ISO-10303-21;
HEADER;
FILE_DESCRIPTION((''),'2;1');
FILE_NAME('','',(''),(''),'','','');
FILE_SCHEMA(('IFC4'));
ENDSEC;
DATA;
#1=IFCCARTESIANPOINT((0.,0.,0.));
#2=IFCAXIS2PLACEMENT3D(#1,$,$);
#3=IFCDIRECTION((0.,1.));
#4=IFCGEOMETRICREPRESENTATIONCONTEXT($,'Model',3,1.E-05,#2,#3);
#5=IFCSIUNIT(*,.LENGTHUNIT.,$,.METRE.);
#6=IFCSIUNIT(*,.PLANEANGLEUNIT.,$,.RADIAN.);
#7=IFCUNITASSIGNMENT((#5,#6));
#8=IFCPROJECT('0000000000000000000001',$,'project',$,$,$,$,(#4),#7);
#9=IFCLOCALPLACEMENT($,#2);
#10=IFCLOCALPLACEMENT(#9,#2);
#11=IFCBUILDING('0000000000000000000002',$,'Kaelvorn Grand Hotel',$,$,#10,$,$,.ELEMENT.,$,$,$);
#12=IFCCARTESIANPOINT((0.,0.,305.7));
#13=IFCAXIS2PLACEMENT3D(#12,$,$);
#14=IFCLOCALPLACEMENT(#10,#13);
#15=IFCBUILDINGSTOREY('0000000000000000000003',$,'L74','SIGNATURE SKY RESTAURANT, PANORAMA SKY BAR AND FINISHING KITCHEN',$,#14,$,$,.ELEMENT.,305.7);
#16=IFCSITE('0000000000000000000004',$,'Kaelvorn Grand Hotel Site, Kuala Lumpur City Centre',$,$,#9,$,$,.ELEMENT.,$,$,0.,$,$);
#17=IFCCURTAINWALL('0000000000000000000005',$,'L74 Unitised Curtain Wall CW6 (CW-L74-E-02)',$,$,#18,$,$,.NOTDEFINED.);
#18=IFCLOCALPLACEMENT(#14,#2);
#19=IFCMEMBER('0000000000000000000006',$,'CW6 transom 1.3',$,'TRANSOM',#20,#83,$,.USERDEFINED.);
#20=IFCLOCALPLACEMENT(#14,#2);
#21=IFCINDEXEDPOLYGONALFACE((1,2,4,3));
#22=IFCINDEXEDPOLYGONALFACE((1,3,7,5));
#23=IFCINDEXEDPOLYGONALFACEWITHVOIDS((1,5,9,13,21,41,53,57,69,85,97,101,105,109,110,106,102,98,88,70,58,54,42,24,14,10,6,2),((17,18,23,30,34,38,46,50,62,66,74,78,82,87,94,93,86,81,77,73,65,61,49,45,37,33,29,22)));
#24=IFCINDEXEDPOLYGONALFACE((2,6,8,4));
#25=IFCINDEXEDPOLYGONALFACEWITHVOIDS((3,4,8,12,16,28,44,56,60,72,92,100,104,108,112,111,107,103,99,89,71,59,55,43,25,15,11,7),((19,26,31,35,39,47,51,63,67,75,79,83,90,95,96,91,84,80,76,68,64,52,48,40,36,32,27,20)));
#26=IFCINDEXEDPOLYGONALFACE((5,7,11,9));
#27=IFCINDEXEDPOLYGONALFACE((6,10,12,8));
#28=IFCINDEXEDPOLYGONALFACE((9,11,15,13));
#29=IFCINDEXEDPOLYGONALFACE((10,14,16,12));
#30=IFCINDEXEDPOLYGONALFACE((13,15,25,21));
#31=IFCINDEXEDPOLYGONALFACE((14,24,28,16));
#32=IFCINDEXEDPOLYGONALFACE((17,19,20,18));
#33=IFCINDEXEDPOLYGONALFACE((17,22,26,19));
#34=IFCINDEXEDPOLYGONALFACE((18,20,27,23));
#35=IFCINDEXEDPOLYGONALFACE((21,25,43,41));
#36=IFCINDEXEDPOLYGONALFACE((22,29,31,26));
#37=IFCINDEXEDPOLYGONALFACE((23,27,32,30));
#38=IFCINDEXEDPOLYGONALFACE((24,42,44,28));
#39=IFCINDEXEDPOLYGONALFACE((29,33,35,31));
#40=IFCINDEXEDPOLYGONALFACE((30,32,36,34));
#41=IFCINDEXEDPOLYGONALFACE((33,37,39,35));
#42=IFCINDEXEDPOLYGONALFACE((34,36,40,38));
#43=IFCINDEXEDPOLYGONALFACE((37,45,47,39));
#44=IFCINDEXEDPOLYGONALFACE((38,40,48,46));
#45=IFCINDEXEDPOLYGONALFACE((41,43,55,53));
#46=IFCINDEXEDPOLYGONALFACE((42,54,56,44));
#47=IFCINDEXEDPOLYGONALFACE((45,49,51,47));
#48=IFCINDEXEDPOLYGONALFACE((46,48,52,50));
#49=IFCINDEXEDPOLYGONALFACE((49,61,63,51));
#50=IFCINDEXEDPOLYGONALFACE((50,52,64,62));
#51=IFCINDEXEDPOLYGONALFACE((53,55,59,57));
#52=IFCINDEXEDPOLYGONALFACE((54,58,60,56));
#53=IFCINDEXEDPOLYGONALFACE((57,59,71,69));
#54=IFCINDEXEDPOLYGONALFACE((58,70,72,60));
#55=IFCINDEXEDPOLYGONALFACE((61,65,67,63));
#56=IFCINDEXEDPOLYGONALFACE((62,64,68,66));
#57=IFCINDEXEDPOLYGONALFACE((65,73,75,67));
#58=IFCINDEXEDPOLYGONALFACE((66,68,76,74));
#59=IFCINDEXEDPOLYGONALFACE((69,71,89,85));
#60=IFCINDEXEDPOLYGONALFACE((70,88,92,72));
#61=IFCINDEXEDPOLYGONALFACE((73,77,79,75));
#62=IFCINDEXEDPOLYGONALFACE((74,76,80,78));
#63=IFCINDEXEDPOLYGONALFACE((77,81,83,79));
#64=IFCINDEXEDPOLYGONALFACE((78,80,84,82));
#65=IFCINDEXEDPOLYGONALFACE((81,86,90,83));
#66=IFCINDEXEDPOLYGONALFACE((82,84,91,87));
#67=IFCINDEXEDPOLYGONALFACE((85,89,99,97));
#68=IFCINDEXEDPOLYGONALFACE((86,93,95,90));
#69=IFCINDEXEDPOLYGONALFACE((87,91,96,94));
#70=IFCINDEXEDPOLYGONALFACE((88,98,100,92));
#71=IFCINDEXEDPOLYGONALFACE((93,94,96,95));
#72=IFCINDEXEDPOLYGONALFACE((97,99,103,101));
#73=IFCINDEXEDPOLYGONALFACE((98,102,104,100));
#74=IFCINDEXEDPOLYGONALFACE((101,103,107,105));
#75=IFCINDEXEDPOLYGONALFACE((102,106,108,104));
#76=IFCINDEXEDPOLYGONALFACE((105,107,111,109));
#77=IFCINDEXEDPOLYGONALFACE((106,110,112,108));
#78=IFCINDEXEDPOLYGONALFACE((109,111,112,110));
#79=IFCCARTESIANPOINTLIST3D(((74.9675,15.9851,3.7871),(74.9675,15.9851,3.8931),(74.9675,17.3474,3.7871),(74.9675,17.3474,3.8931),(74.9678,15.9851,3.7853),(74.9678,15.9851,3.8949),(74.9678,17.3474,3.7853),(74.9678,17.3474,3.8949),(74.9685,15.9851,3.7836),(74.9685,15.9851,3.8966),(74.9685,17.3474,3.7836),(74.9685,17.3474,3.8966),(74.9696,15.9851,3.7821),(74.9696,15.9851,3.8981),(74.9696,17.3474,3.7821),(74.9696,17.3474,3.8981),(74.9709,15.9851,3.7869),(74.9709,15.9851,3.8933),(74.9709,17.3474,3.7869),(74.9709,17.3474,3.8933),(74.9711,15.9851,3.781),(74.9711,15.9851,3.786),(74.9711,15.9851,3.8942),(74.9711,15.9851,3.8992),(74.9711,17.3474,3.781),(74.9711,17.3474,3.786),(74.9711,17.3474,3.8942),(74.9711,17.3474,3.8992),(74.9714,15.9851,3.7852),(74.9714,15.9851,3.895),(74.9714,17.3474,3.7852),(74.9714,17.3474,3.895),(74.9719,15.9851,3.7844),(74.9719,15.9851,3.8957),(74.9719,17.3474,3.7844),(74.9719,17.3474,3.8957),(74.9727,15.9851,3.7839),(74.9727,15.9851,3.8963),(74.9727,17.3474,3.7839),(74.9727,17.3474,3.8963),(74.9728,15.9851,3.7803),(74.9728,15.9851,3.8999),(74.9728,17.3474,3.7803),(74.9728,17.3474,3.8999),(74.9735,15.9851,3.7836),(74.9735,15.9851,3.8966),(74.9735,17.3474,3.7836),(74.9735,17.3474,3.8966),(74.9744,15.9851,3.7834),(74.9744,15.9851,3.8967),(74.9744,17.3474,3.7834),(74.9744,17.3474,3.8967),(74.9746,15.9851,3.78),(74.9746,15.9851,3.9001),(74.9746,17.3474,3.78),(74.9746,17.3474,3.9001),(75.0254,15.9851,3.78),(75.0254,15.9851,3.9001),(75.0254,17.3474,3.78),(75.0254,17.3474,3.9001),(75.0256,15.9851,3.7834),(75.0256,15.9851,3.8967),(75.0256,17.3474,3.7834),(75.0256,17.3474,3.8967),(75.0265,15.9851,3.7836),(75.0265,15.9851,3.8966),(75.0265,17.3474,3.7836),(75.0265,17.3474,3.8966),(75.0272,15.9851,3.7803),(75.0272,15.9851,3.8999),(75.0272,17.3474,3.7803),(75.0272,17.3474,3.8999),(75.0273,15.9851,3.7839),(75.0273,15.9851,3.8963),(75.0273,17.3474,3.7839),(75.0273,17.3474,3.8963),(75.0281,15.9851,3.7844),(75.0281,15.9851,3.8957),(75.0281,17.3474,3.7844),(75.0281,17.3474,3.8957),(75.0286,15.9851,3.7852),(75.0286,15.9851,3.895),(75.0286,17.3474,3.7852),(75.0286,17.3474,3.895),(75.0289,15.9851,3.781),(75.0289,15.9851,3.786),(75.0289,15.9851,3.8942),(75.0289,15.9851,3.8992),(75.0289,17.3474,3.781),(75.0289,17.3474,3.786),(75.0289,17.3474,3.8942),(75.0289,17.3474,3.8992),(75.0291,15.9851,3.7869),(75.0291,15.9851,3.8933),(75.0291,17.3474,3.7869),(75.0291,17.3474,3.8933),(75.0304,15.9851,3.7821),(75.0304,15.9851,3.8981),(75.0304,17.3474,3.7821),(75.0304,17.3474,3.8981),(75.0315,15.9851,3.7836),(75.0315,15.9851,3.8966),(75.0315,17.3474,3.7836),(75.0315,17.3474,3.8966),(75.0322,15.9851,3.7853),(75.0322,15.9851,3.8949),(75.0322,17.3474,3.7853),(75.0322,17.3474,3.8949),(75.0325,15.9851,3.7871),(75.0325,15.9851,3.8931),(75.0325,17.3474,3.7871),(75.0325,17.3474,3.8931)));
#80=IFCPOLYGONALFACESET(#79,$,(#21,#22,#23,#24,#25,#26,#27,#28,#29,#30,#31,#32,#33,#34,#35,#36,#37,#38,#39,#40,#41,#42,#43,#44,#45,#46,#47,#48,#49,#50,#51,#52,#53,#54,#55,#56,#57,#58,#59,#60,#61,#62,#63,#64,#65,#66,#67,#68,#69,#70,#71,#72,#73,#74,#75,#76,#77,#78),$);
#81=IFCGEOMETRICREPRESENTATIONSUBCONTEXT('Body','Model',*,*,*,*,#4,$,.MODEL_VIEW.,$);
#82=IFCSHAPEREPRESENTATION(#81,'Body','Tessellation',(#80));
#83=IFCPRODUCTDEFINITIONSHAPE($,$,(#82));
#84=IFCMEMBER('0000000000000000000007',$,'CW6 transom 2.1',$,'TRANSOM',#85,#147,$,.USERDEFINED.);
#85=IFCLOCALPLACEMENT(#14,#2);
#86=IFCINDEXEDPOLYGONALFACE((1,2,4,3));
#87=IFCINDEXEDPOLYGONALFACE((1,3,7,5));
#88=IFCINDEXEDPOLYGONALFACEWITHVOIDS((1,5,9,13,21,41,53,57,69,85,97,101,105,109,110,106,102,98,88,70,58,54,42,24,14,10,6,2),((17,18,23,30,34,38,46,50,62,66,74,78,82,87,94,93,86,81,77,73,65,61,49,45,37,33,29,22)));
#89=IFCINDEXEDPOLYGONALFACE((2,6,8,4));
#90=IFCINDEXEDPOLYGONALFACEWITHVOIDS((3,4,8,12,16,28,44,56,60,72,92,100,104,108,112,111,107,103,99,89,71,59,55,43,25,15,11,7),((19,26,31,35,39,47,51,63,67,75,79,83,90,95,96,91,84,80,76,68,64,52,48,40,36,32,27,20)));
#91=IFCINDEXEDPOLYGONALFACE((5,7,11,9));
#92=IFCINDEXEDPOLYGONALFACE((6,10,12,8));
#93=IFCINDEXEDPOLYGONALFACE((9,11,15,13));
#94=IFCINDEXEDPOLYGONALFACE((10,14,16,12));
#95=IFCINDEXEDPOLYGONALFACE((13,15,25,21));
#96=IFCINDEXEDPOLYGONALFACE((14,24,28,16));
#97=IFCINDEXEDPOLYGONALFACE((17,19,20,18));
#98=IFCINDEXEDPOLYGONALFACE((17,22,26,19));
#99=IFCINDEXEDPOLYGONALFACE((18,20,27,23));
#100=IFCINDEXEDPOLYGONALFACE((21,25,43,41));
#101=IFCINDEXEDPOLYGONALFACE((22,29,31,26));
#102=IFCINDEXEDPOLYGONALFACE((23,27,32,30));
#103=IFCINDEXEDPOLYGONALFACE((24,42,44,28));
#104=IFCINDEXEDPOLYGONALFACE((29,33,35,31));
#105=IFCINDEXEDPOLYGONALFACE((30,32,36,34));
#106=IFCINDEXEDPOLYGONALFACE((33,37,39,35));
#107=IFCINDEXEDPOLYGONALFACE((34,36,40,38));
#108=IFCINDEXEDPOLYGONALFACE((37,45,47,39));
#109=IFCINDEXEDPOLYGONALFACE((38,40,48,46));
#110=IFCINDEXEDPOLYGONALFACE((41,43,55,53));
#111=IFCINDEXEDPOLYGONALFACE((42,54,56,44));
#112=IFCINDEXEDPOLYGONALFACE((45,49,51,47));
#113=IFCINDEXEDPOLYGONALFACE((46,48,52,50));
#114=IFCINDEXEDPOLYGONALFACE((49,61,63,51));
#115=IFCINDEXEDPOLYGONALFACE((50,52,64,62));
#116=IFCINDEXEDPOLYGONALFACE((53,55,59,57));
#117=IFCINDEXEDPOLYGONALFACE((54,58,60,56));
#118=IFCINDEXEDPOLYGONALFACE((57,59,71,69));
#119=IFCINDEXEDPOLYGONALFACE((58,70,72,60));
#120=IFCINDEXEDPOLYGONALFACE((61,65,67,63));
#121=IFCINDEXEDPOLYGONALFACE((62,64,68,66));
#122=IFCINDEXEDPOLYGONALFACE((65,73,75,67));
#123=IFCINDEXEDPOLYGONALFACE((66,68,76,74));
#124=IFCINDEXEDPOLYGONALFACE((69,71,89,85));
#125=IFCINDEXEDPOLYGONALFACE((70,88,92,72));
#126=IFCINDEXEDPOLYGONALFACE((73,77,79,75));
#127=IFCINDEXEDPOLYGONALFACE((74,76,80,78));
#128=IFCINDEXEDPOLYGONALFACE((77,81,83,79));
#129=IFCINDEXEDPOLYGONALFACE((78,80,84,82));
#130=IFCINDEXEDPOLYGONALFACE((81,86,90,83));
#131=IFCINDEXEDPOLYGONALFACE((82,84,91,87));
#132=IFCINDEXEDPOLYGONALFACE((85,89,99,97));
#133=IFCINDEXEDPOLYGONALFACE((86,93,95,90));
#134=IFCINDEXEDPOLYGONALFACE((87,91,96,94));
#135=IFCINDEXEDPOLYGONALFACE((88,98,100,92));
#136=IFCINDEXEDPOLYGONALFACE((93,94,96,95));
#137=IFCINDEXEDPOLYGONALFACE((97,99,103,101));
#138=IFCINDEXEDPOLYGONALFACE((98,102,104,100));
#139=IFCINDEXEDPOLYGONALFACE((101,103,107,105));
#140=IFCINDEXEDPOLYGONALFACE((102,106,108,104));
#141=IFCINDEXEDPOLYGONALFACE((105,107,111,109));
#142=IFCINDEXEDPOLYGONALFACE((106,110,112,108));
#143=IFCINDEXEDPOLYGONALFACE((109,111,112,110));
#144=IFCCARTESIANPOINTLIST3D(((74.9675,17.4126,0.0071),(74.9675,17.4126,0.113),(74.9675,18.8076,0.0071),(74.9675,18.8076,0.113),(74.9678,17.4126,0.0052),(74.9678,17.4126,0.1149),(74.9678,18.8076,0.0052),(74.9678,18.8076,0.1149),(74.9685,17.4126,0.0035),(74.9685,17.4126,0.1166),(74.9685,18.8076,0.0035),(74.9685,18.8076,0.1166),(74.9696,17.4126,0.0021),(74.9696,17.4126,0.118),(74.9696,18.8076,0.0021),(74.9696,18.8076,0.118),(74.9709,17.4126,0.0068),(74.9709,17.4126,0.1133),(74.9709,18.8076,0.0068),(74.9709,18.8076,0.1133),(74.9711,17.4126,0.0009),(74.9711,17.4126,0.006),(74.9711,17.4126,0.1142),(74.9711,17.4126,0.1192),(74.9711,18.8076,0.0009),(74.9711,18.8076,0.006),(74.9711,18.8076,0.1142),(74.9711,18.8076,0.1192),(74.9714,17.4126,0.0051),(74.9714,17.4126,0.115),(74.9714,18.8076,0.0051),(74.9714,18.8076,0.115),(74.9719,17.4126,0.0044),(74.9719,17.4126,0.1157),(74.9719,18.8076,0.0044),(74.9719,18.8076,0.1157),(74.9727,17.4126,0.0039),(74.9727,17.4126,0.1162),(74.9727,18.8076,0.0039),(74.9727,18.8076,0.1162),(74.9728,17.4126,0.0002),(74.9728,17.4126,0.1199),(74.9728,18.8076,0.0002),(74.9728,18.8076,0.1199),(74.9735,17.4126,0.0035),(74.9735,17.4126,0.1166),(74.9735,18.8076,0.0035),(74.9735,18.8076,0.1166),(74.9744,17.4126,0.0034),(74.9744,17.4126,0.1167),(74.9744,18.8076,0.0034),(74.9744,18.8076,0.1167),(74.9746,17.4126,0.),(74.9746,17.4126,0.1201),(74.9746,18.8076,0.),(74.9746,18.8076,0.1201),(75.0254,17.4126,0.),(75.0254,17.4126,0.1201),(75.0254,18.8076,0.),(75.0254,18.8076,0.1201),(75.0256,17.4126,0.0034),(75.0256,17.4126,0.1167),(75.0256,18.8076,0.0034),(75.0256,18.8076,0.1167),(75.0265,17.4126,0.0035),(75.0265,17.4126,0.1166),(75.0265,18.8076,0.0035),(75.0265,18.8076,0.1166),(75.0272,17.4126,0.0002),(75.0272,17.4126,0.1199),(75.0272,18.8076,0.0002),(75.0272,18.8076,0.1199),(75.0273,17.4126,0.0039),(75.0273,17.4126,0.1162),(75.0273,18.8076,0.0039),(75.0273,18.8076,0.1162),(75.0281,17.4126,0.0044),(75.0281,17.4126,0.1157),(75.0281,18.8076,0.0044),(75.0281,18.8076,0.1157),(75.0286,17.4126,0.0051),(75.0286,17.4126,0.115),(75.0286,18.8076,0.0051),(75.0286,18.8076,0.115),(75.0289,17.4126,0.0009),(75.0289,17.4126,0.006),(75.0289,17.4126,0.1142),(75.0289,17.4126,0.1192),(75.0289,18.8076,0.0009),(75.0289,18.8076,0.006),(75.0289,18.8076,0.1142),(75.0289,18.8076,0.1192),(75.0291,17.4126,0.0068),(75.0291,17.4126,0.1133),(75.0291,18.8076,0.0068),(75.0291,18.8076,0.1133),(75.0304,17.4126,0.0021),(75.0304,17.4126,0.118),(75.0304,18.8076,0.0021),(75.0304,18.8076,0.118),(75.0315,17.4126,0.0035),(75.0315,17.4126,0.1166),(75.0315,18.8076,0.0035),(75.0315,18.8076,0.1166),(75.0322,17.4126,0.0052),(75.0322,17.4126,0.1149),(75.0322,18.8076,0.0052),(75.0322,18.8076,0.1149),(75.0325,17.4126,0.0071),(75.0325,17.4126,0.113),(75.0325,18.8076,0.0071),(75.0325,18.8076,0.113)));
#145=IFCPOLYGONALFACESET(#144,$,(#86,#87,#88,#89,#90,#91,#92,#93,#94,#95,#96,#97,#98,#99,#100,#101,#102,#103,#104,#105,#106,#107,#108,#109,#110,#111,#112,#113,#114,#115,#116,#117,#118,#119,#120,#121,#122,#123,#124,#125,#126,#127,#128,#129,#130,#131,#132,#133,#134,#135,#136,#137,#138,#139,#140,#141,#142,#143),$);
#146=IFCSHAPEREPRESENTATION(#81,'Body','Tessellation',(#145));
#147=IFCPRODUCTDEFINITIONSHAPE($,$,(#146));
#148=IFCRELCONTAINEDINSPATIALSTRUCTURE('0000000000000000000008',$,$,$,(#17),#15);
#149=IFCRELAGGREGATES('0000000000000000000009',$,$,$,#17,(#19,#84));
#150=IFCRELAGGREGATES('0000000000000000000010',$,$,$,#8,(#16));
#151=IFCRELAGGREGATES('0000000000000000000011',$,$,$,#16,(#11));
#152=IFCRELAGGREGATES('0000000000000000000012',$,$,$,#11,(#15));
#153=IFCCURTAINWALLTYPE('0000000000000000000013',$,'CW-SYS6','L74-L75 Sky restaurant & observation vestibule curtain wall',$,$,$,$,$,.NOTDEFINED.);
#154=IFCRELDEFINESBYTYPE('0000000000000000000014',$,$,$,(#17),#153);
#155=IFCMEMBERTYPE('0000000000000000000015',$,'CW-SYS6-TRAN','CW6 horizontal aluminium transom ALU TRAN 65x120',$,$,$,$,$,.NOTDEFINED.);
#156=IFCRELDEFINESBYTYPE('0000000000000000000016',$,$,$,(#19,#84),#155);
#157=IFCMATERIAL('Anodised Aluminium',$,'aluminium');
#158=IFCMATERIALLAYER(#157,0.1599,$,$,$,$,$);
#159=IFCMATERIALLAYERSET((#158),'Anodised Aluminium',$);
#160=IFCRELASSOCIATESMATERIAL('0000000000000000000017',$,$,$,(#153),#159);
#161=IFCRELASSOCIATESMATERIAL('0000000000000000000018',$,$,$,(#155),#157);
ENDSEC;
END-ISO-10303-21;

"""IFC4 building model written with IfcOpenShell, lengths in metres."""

from ifc_helpers import new_model, si_unit, direction, frame, origin, origin_2d, place, context, subcontext, project, spatial, hollow_rectangle, extrude, material, layer, layer_set, material_profile, profile_set, type_object, element, aggregate, save


model = new_model("IFC4")

# Units and contexts
model_context = context("Model", 3, precision=1e-05, world=origin(), true_north=direction((0.0, 1.0)))
body_context = subcontext(model_context, "Body", "Model", "MODEL_VIEW")
ifc_project = project(units=[si_unit("LENGTHUNIT", "METRE"), si_unit("PLANEANGLEUNIT", "RADIAN")], contexts=[model_context])

# Site, building, storey
site_placement = place(None, origin())
site = spatial("IfcSite", under=ifc_project, at=site_placement, Name="Kaelvorn Grand Hotel Site, Kuala Lumpur City Centre", CompositionType="ELEMENT", RefElevation=0.0)
building_placement = place(site_placement, origin())
building = spatial("IfcBuilding", under=site, at=building_placement, Name="Kaelvorn Grand Hotel", CompositionType="ELEMENT")
storey_placement = place(building_placement, frame((0.0, 0.0, 305.7)))
storey = spatial("IfcBuildingStorey", under=building, at=storey_placement, Name="L74", Description="SIGNATURE SKY RESTAURANT, PANORAMA SKY BAR AND FINISHING KITCHEN", CompositionType="ELEMENT", Elevation=305.7)

# Curtain wall, members
ifc_material_1 = material(Name="Anodised Aluminium", Category="aluminium")
ifc_layer_1 = layer(ifc_material_1, 0.1599)
ifc_layer_set_1 = layer_set([ifc_layer_1], Name="Anodised Aluminium")
curtain_wall_type = type_object("IfcCurtainWallType", Name="CW-SYS6", Description="L74-L75 Sky restaurant & observation vestibule curtain wall", PredefinedType="NOTDEFINED", material=ifc_layer_set_1)
curtain_wall_placement = place(storey_placement, origin())
curtain_wall = element("IfcCurtainWall", 1, at=curtain_wall_placement, inside=storey, type_object=curtain_wall_type, Name="L74 Unitised Curtain Wall CW6 (CW-L74-E-02)", PredefinedType="NOTDEFINED")
ifc_material_profile_1 = material_profile(ifc_material_1, hollow_rectangle(XDim=0.0649, YDim=0.1201, WallThickness=0.0034, InnerFilletRadius=0.0034, OuterFilletRadius=0.0071, at=origin_2d()), Name="ALU TRAN 65x120")
ifc_profile_set_1 = profile_set([ifc_material_profile_1], Name="Anodised Aluminium")
member_type_1 = type_object("IfcMemberType", Name="CW-SYS6-TRAN", Description="CW6 horizontal aluminium transom ALU TRAN 65x120", PredefinedType="NOTDEFINED", material=ifc_profile_set_1)
member_1_placement = place(storey_placement, frame((75.0, 15.9851, 3.8401), z_axis=(0.0, 1.0, 0.0), x_axis=(-1.0, 0.0, 0.0)))
member_1 = element("IfcMember", 2, at=member_1_placement, type_object=member_type_1, Name="CW6 transom 1.3", ObjectType="TRANSOM", PredefinedType="USERDEFINED", context=body_context, shape_type="SweptSolid", body=[
    extrude(hollow_rectangle(XDim=0.0649, YDim=0.1201, WallThickness=0.0034, InnerFilletRadius=0.0034, OuterFilletRadius=0.0071, at=origin_2d()), origin(), (0.0, 0.0, 1.0), 1.3623),
])
member_2_placement = place(storey_placement, frame((75.0, 17.4126, 0.0601), z_axis=(0.0, 1.0, 0.0), x_axis=(-1.0, 0.0, 0.0)))
member_2 = element("IfcMember", 3, at=member_2_placement, type_object=member_type_1, Name="CW6 transom 2.1", ObjectType="TRANSOM", PredefinedType="USERDEFINED", context=body_context, shape_type="SweptSolid", body=[
    extrude(hollow_rectangle(XDim=0.0649, YDim=0.1201, WallThickness=0.0034, InnerFilletRadius=0.0034, OuterFilletRadius=0.0071, at=origin_2d()), origin(), (0.0, 0.0, 1.0), 1.395),
])
aggregate(curtain_wall, [member_1, member_2])

save(model, "model.ifc")
